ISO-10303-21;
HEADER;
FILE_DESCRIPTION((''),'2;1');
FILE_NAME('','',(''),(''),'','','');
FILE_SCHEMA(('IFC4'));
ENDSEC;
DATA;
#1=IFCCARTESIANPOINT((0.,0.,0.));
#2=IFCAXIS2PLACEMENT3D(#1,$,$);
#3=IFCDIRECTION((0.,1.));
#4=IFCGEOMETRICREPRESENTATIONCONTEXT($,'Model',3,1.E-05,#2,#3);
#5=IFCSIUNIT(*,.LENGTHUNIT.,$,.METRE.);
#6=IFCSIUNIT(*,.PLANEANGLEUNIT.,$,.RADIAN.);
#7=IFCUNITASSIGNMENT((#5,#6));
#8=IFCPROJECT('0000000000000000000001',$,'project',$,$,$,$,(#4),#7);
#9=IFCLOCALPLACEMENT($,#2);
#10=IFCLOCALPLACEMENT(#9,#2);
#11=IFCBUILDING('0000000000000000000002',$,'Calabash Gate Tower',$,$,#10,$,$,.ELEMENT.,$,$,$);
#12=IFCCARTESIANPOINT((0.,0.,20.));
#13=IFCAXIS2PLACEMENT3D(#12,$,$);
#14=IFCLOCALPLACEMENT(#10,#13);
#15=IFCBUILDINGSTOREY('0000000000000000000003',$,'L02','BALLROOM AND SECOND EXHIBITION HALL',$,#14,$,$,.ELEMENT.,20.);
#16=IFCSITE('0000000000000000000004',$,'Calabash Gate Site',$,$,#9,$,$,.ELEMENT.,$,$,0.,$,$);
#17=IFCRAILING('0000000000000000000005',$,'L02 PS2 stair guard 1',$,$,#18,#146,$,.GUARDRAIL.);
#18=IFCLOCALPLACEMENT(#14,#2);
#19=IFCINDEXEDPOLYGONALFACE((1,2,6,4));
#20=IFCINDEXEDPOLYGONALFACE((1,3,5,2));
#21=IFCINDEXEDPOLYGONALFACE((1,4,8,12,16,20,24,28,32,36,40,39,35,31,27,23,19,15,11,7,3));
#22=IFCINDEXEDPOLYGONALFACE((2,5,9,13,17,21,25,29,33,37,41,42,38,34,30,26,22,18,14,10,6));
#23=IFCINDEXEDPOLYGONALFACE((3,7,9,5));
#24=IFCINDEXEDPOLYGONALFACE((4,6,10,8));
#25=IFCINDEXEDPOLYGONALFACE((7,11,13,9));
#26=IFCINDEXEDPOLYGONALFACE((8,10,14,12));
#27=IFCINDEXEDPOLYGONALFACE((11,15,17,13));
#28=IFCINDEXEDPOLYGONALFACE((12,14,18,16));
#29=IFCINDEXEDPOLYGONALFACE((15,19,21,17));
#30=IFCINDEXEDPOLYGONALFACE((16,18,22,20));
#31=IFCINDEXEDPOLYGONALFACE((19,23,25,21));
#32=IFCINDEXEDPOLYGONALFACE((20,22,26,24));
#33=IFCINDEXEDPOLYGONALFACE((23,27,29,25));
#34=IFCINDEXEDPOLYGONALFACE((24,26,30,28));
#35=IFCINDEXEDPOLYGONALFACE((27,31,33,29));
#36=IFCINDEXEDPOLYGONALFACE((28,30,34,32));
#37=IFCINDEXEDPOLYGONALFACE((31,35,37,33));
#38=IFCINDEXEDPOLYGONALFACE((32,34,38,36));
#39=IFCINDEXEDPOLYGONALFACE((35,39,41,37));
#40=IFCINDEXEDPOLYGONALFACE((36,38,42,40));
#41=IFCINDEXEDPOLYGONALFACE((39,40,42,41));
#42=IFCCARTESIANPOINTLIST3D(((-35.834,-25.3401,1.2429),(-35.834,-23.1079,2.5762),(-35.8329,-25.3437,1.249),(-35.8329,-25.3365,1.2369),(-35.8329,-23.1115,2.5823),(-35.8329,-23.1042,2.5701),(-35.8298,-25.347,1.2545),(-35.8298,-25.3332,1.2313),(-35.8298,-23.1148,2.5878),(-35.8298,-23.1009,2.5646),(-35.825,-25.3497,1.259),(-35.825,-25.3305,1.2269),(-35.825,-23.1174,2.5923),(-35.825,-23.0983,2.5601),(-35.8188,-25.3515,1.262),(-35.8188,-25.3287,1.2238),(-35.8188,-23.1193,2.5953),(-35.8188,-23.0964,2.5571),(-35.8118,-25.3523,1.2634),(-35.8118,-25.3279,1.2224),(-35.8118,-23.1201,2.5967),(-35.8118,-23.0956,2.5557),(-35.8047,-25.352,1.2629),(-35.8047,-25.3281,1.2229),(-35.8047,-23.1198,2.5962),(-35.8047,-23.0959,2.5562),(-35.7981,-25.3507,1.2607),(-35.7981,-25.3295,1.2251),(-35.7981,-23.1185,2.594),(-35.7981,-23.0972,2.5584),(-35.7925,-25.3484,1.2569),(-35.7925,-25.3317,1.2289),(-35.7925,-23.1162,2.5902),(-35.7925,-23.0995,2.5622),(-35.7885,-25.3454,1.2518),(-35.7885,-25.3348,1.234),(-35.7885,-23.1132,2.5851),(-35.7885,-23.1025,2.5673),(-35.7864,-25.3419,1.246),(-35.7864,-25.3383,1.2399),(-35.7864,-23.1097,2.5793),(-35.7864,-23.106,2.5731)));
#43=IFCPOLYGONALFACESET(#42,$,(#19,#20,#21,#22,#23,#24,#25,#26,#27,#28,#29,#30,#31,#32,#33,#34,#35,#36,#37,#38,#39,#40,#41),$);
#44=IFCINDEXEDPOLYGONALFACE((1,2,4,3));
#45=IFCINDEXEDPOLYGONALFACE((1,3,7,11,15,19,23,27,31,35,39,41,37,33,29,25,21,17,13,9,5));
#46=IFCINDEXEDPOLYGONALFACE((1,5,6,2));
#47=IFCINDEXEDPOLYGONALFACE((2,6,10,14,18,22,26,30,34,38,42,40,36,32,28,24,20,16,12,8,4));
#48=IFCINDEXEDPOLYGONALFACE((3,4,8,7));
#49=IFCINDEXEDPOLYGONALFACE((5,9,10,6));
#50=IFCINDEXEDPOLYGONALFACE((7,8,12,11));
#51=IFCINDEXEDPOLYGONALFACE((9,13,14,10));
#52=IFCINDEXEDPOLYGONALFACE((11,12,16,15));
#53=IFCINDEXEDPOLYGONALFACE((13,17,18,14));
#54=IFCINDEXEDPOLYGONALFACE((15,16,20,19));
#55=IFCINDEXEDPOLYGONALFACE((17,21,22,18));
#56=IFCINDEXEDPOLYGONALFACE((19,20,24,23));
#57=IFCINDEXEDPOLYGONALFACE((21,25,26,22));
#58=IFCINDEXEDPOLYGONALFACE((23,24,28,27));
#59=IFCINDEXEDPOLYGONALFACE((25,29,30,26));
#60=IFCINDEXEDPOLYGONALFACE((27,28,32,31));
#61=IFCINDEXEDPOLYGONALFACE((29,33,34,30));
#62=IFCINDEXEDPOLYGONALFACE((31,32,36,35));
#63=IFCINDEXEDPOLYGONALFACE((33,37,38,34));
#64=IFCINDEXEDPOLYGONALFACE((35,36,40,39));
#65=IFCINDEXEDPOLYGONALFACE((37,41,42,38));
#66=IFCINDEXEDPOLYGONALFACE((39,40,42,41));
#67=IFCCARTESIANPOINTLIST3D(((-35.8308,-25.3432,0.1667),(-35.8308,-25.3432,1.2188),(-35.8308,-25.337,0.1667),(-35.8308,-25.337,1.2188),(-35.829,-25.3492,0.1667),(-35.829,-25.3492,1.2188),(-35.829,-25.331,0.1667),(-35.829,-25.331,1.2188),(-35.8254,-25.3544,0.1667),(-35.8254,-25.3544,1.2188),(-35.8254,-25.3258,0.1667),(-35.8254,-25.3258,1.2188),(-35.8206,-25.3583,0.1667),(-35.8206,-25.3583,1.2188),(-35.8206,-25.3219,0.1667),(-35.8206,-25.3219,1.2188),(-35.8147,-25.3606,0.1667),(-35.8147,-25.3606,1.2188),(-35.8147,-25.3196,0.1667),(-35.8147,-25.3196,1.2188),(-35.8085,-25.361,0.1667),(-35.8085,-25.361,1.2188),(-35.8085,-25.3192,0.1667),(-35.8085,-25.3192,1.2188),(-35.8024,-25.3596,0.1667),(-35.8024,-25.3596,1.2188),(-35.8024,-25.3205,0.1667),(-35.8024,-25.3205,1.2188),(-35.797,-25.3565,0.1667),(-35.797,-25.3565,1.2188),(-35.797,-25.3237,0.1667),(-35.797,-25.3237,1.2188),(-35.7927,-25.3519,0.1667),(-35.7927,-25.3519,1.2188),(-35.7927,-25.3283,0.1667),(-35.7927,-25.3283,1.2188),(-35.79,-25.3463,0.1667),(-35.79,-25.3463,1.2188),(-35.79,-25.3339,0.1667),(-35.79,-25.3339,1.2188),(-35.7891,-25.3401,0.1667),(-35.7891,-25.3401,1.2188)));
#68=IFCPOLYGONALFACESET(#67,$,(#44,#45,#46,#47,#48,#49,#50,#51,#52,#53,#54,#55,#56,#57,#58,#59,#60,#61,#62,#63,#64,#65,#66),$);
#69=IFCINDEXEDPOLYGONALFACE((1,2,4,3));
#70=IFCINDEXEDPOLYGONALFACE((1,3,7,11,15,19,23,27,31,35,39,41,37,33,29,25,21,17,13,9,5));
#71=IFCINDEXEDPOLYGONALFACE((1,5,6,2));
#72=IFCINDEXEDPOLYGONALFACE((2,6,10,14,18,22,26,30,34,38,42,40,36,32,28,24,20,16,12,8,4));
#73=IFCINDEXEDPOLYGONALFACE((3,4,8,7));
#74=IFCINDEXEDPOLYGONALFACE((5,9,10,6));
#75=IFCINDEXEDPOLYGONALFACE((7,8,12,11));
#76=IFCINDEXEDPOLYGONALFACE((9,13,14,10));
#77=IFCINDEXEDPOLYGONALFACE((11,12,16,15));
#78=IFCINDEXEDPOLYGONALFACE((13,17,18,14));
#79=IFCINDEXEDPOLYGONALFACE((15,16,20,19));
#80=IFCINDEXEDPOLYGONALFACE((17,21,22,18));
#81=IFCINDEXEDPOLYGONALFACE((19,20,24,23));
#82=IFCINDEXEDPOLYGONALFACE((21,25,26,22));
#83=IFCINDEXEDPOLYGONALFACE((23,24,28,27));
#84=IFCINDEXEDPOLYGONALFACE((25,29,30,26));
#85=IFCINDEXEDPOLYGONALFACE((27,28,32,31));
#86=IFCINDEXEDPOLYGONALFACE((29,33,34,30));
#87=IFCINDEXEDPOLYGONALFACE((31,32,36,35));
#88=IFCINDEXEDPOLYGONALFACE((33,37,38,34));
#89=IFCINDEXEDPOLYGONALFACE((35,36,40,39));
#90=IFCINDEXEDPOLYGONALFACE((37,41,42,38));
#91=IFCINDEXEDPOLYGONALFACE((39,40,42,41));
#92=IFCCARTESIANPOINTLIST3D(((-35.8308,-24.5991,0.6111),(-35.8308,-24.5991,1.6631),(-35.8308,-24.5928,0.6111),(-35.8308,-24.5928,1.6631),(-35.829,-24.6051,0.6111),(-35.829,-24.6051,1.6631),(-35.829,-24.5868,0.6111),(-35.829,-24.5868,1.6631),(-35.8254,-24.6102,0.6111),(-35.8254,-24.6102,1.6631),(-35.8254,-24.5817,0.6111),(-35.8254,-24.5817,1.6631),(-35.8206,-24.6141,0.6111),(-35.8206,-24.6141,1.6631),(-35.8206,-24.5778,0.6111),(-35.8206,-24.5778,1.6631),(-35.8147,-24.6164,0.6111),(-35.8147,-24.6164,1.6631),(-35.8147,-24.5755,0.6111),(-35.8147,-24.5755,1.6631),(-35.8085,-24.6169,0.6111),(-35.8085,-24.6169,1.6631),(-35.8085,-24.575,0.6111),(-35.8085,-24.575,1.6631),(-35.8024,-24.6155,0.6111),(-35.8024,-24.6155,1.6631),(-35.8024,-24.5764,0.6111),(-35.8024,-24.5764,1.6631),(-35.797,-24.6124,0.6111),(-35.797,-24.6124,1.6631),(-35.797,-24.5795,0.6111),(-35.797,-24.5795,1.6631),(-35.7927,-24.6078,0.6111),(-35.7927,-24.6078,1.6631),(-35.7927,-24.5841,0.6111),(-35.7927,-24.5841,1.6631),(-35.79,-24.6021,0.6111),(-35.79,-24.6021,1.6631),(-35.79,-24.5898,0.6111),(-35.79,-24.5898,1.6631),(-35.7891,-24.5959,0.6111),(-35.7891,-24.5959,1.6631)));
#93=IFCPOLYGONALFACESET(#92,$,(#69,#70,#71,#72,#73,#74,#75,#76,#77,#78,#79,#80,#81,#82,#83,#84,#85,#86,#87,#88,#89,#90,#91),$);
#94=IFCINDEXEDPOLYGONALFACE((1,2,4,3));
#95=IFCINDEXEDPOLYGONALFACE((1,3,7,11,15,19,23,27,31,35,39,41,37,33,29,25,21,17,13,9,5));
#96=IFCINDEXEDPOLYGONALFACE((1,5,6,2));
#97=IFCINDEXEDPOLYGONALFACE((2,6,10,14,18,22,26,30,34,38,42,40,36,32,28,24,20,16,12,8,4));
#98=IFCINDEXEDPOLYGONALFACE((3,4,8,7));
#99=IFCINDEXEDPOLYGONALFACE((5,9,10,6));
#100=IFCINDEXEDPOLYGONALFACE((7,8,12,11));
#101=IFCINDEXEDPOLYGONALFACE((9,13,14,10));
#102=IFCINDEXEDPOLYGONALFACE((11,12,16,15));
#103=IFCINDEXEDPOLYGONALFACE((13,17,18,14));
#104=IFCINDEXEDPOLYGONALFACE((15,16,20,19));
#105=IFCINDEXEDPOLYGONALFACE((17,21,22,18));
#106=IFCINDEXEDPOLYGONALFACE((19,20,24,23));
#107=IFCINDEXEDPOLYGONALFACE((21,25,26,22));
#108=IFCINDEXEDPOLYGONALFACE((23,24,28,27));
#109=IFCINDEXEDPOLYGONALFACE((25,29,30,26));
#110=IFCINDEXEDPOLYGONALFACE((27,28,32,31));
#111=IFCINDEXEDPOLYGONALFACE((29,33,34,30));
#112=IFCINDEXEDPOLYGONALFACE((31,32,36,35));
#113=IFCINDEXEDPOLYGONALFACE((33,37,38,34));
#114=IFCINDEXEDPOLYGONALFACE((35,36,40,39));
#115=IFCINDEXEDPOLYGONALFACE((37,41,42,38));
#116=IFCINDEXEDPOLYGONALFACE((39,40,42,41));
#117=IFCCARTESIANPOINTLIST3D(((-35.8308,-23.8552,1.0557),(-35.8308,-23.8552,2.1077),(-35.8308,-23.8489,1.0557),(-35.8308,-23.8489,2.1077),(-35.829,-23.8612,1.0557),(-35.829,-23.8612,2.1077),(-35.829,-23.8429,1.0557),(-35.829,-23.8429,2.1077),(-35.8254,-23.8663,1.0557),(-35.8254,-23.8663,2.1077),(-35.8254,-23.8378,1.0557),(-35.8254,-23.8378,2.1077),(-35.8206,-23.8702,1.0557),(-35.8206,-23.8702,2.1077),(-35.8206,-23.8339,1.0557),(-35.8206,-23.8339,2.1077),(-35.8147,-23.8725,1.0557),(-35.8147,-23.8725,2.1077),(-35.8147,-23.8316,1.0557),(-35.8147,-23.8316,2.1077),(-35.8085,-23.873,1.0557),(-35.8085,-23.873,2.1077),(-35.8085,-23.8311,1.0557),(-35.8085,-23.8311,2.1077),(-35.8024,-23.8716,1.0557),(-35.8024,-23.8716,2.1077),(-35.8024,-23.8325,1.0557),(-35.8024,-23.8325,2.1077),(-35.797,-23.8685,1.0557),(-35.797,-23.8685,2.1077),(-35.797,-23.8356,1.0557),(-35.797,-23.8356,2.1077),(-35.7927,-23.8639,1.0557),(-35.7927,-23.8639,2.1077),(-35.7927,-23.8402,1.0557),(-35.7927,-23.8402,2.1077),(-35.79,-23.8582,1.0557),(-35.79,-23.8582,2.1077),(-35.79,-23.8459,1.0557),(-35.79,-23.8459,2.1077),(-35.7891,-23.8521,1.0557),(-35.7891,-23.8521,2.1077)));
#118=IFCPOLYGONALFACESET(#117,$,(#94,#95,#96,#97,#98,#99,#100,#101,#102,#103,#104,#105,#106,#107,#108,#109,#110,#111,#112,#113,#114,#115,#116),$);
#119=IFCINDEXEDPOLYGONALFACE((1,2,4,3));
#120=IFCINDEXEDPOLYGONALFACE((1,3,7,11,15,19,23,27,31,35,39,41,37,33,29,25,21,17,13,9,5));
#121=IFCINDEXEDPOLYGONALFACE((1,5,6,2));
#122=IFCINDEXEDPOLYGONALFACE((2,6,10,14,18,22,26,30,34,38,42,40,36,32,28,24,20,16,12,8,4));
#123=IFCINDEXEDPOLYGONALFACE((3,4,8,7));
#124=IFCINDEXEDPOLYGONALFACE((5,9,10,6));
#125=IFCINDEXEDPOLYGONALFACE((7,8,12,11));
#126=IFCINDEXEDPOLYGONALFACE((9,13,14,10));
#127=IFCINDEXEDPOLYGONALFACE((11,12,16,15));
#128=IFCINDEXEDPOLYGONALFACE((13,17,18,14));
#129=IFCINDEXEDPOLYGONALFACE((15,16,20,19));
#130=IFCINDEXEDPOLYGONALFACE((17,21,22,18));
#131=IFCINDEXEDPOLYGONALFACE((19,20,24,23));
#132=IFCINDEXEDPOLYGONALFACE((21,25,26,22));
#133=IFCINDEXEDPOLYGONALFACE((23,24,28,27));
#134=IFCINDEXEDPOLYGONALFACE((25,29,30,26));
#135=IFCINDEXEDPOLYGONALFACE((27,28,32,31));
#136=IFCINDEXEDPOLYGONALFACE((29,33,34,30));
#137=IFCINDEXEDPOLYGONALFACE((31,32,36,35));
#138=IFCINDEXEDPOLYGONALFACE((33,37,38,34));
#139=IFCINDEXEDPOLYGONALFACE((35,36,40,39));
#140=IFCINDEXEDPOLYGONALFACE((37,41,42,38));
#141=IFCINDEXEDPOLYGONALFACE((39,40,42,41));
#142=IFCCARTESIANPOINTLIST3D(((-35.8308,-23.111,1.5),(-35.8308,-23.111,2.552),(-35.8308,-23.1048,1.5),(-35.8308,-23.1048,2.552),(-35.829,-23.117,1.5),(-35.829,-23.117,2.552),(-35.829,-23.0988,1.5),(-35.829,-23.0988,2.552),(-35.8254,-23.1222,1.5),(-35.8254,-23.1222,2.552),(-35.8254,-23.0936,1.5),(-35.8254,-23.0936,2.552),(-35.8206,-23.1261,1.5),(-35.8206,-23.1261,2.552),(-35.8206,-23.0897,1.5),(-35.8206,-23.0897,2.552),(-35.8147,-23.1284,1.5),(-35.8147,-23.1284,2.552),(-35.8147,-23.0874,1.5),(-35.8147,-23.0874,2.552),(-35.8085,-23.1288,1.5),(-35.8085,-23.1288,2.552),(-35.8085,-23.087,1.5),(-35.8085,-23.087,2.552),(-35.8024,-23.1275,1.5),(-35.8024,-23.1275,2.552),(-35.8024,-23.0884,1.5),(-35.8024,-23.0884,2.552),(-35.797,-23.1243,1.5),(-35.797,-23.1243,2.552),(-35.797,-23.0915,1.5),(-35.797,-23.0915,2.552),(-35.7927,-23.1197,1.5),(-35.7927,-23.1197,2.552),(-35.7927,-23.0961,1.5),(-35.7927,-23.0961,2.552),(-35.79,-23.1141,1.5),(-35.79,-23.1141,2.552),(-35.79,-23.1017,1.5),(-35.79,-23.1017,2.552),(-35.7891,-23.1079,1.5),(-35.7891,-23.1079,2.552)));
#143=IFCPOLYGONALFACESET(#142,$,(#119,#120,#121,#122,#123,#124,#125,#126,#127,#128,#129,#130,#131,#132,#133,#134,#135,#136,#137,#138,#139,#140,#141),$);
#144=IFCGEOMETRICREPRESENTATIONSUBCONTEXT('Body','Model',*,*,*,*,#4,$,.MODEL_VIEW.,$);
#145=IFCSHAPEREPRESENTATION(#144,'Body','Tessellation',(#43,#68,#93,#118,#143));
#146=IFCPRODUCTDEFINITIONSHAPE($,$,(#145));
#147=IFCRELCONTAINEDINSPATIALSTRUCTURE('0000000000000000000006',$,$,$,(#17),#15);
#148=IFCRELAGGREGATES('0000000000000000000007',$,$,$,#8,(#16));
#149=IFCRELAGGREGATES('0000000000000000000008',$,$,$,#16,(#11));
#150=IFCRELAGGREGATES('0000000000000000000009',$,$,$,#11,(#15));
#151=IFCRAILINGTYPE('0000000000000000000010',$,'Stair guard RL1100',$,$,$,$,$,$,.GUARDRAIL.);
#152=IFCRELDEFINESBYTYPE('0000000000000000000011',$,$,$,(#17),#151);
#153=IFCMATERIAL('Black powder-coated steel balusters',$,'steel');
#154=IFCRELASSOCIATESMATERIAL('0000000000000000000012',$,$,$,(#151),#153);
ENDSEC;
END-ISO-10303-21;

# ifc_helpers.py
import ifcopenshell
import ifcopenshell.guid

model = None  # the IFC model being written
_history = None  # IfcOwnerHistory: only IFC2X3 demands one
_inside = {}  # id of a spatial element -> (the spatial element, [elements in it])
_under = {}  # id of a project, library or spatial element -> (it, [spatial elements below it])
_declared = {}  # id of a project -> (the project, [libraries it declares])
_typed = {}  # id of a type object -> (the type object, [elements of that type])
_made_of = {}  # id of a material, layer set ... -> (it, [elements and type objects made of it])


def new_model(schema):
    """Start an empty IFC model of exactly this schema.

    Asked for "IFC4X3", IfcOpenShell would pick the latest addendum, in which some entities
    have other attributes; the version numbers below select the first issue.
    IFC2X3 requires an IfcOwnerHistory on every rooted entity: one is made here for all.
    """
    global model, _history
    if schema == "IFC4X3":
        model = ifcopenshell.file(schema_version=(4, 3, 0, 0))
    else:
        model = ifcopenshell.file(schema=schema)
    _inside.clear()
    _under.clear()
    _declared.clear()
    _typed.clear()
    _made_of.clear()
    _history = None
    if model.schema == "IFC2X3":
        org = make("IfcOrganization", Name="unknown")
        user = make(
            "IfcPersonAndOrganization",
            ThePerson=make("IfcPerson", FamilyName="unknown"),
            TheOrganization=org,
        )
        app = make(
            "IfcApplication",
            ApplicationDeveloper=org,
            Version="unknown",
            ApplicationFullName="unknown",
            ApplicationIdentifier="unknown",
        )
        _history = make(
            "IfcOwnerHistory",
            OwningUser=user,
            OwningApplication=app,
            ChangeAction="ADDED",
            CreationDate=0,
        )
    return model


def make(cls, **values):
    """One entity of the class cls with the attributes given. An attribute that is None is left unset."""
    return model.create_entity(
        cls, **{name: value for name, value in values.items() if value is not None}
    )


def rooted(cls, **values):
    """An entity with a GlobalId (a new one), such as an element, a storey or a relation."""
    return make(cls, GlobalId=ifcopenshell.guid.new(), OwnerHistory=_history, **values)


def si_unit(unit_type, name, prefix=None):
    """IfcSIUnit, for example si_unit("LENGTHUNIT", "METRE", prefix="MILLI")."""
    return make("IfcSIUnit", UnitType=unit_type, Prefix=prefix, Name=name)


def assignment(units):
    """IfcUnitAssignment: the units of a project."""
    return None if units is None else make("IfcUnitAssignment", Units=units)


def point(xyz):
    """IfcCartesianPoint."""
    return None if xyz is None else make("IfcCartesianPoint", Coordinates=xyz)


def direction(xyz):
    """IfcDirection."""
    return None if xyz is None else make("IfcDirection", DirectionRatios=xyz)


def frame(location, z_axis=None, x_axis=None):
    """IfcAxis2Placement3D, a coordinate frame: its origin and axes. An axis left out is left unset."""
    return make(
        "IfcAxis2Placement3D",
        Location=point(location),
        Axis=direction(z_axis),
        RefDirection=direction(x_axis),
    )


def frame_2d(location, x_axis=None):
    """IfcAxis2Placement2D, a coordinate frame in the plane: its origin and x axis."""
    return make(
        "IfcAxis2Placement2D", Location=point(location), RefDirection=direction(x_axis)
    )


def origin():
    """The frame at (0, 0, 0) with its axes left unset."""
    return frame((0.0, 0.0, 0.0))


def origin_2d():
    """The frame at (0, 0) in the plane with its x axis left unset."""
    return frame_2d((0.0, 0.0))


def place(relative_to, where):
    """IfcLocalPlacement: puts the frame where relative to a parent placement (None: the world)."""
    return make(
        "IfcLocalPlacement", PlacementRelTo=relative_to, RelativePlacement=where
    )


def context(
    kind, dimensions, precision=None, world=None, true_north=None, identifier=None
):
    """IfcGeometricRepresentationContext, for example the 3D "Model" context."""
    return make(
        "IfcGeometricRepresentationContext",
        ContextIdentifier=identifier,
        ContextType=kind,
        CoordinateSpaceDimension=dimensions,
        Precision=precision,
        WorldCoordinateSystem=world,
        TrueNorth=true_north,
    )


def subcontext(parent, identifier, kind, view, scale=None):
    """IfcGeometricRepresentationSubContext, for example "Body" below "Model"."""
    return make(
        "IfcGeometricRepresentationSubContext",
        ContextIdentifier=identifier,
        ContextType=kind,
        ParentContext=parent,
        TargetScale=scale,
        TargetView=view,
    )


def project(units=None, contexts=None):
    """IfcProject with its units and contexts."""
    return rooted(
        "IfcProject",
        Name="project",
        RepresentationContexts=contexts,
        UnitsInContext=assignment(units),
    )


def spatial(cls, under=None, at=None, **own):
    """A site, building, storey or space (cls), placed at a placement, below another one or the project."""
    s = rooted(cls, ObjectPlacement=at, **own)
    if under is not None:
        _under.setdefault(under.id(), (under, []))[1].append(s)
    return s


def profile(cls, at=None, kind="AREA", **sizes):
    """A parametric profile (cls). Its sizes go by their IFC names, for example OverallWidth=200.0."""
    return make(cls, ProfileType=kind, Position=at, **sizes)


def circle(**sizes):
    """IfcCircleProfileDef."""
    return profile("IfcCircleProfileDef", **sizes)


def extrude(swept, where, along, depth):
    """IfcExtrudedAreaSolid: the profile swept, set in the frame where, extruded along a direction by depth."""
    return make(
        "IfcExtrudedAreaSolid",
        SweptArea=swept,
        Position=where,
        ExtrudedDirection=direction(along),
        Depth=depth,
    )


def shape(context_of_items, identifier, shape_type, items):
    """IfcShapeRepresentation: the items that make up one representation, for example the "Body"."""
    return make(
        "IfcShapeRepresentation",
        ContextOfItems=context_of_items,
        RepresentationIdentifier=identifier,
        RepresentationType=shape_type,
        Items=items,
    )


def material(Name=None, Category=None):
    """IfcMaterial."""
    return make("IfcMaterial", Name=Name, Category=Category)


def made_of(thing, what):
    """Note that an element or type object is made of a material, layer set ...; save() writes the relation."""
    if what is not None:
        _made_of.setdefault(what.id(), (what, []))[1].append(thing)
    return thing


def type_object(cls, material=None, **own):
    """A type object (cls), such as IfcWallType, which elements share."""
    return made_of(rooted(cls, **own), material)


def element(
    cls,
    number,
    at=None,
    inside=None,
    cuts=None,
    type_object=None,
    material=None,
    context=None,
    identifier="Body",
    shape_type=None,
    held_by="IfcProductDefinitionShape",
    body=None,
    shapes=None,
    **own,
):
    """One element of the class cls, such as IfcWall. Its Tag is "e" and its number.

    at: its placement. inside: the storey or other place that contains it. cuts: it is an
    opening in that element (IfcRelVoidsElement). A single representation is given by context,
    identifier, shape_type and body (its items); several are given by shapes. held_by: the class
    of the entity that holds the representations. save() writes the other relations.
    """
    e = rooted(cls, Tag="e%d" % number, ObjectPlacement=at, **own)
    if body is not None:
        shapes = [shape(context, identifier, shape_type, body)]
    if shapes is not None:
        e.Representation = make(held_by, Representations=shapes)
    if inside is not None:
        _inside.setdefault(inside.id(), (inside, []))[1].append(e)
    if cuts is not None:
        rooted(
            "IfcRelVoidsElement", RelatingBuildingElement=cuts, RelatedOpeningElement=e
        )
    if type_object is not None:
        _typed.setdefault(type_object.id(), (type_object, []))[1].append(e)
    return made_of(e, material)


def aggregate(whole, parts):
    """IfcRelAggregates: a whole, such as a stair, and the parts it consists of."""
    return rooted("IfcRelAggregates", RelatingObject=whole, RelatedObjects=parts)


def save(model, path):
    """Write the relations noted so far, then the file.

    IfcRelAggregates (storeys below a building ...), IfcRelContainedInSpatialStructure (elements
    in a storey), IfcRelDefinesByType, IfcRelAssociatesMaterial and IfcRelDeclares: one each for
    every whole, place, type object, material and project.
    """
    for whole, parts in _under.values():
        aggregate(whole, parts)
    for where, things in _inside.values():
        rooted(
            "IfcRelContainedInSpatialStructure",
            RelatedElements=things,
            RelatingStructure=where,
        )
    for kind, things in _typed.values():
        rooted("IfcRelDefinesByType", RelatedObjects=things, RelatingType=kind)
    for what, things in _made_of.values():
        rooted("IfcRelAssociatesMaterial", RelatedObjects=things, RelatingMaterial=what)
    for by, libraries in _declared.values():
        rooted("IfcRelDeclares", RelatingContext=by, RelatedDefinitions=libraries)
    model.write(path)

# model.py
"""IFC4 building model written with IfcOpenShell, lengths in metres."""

from ifc_helpers import new_model, si_unit, direction, frame, origin, origin_2d, place, context, subcontext, project, spatial, circle, extrude, material, type_object, element, save


model = new_model("IFC4")

# Units and contexts
model_context = context("Model", 3, precision=1e-05, world=origin(), true_north=direction((0.0, 1.0)))
body_context = subcontext(model_context, "Body", "Model", "MODEL_VIEW")
ifc_project = project(units=[si_unit("LENGTHUNIT", "METRE"), si_unit("PLANEANGLEUNIT", "RADIAN")], contexts=[model_context])

# Site, building, storey
site_placement = place(None, origin())
site = spatial("IfcSite", under=ifc_project, at=site_placement, Name="Calabash Gate Site", CompositionType="ELEMENT", RefElevation=0.0)
building_placement = place(site_placement, origin())
building = spatial("IfcBuilding", under=site, at=building_placement, Name="Calabash Gate Tower", CompositionType="ELEMENT")
storey_placement = place(building_placement, frame((0.0, 0.0, 20.0)))
storey = spatial("IfcBuildingStorey", under=building, at=storey_placement, Name="L02", Description="BALLROOM AND SECOND EXHIBITION HALL", CompositionType="ELEMENT", Elevation=20.0)

# Railing
ifc_material_1 = material(Name="Black powder-coated steel balusters", Category="steel")
railing_type_1 = type_object("IfcRailingType", Name="Stair guard RL1100", PredefinedType="GUARDRAIL", material=ifc_material_1)
for number, where, name in (
    (1, (-35.8101, -25.3401, 0.1667), "L02 PS2 stair guard 1"),
):
    element("IfcRailing", number, at=place(storey_placement, frame(where)), inside=storey, type_object=railing_type_1, Name=name, PredefinedType="GUARDRAIL", context=body_context, shape_type="SweptSolid", body=[
        extrude(circle(Radius=0.0239, at=origin_2d()), frame((0.0, 0.0, 1.0762), z_axis=(0.0, 0.858519, 0.512782), x_axis=(-1.0, 0.0, 0.0)), (0.0, 0.0, 1.0), 2.6001),
        extrude(circle(Radius=0.021, at=origin_2d()), origin(), (0.0, 0.0, 1.0), 1.052),
        extrude(circle(Radius=0.021, at=origin_2d()), frame((0.0, 0.7441, 0.4443)), (0.0, 0.0, 1.0), 1.052),
        extrude(circle(Radius=0.021, at=origin_2d()), frame((0.0, 1.488, 0.8889)), (0.0, 0.0, 1.0), 1.052),
        extrude(circle(Radius=0.021, at=origin_2d()), frame((0.0, 2.2322, 1.3333)), (0.0, 0.0, 1.0), 1.052),
    ])

save(model, "model.ifc")
